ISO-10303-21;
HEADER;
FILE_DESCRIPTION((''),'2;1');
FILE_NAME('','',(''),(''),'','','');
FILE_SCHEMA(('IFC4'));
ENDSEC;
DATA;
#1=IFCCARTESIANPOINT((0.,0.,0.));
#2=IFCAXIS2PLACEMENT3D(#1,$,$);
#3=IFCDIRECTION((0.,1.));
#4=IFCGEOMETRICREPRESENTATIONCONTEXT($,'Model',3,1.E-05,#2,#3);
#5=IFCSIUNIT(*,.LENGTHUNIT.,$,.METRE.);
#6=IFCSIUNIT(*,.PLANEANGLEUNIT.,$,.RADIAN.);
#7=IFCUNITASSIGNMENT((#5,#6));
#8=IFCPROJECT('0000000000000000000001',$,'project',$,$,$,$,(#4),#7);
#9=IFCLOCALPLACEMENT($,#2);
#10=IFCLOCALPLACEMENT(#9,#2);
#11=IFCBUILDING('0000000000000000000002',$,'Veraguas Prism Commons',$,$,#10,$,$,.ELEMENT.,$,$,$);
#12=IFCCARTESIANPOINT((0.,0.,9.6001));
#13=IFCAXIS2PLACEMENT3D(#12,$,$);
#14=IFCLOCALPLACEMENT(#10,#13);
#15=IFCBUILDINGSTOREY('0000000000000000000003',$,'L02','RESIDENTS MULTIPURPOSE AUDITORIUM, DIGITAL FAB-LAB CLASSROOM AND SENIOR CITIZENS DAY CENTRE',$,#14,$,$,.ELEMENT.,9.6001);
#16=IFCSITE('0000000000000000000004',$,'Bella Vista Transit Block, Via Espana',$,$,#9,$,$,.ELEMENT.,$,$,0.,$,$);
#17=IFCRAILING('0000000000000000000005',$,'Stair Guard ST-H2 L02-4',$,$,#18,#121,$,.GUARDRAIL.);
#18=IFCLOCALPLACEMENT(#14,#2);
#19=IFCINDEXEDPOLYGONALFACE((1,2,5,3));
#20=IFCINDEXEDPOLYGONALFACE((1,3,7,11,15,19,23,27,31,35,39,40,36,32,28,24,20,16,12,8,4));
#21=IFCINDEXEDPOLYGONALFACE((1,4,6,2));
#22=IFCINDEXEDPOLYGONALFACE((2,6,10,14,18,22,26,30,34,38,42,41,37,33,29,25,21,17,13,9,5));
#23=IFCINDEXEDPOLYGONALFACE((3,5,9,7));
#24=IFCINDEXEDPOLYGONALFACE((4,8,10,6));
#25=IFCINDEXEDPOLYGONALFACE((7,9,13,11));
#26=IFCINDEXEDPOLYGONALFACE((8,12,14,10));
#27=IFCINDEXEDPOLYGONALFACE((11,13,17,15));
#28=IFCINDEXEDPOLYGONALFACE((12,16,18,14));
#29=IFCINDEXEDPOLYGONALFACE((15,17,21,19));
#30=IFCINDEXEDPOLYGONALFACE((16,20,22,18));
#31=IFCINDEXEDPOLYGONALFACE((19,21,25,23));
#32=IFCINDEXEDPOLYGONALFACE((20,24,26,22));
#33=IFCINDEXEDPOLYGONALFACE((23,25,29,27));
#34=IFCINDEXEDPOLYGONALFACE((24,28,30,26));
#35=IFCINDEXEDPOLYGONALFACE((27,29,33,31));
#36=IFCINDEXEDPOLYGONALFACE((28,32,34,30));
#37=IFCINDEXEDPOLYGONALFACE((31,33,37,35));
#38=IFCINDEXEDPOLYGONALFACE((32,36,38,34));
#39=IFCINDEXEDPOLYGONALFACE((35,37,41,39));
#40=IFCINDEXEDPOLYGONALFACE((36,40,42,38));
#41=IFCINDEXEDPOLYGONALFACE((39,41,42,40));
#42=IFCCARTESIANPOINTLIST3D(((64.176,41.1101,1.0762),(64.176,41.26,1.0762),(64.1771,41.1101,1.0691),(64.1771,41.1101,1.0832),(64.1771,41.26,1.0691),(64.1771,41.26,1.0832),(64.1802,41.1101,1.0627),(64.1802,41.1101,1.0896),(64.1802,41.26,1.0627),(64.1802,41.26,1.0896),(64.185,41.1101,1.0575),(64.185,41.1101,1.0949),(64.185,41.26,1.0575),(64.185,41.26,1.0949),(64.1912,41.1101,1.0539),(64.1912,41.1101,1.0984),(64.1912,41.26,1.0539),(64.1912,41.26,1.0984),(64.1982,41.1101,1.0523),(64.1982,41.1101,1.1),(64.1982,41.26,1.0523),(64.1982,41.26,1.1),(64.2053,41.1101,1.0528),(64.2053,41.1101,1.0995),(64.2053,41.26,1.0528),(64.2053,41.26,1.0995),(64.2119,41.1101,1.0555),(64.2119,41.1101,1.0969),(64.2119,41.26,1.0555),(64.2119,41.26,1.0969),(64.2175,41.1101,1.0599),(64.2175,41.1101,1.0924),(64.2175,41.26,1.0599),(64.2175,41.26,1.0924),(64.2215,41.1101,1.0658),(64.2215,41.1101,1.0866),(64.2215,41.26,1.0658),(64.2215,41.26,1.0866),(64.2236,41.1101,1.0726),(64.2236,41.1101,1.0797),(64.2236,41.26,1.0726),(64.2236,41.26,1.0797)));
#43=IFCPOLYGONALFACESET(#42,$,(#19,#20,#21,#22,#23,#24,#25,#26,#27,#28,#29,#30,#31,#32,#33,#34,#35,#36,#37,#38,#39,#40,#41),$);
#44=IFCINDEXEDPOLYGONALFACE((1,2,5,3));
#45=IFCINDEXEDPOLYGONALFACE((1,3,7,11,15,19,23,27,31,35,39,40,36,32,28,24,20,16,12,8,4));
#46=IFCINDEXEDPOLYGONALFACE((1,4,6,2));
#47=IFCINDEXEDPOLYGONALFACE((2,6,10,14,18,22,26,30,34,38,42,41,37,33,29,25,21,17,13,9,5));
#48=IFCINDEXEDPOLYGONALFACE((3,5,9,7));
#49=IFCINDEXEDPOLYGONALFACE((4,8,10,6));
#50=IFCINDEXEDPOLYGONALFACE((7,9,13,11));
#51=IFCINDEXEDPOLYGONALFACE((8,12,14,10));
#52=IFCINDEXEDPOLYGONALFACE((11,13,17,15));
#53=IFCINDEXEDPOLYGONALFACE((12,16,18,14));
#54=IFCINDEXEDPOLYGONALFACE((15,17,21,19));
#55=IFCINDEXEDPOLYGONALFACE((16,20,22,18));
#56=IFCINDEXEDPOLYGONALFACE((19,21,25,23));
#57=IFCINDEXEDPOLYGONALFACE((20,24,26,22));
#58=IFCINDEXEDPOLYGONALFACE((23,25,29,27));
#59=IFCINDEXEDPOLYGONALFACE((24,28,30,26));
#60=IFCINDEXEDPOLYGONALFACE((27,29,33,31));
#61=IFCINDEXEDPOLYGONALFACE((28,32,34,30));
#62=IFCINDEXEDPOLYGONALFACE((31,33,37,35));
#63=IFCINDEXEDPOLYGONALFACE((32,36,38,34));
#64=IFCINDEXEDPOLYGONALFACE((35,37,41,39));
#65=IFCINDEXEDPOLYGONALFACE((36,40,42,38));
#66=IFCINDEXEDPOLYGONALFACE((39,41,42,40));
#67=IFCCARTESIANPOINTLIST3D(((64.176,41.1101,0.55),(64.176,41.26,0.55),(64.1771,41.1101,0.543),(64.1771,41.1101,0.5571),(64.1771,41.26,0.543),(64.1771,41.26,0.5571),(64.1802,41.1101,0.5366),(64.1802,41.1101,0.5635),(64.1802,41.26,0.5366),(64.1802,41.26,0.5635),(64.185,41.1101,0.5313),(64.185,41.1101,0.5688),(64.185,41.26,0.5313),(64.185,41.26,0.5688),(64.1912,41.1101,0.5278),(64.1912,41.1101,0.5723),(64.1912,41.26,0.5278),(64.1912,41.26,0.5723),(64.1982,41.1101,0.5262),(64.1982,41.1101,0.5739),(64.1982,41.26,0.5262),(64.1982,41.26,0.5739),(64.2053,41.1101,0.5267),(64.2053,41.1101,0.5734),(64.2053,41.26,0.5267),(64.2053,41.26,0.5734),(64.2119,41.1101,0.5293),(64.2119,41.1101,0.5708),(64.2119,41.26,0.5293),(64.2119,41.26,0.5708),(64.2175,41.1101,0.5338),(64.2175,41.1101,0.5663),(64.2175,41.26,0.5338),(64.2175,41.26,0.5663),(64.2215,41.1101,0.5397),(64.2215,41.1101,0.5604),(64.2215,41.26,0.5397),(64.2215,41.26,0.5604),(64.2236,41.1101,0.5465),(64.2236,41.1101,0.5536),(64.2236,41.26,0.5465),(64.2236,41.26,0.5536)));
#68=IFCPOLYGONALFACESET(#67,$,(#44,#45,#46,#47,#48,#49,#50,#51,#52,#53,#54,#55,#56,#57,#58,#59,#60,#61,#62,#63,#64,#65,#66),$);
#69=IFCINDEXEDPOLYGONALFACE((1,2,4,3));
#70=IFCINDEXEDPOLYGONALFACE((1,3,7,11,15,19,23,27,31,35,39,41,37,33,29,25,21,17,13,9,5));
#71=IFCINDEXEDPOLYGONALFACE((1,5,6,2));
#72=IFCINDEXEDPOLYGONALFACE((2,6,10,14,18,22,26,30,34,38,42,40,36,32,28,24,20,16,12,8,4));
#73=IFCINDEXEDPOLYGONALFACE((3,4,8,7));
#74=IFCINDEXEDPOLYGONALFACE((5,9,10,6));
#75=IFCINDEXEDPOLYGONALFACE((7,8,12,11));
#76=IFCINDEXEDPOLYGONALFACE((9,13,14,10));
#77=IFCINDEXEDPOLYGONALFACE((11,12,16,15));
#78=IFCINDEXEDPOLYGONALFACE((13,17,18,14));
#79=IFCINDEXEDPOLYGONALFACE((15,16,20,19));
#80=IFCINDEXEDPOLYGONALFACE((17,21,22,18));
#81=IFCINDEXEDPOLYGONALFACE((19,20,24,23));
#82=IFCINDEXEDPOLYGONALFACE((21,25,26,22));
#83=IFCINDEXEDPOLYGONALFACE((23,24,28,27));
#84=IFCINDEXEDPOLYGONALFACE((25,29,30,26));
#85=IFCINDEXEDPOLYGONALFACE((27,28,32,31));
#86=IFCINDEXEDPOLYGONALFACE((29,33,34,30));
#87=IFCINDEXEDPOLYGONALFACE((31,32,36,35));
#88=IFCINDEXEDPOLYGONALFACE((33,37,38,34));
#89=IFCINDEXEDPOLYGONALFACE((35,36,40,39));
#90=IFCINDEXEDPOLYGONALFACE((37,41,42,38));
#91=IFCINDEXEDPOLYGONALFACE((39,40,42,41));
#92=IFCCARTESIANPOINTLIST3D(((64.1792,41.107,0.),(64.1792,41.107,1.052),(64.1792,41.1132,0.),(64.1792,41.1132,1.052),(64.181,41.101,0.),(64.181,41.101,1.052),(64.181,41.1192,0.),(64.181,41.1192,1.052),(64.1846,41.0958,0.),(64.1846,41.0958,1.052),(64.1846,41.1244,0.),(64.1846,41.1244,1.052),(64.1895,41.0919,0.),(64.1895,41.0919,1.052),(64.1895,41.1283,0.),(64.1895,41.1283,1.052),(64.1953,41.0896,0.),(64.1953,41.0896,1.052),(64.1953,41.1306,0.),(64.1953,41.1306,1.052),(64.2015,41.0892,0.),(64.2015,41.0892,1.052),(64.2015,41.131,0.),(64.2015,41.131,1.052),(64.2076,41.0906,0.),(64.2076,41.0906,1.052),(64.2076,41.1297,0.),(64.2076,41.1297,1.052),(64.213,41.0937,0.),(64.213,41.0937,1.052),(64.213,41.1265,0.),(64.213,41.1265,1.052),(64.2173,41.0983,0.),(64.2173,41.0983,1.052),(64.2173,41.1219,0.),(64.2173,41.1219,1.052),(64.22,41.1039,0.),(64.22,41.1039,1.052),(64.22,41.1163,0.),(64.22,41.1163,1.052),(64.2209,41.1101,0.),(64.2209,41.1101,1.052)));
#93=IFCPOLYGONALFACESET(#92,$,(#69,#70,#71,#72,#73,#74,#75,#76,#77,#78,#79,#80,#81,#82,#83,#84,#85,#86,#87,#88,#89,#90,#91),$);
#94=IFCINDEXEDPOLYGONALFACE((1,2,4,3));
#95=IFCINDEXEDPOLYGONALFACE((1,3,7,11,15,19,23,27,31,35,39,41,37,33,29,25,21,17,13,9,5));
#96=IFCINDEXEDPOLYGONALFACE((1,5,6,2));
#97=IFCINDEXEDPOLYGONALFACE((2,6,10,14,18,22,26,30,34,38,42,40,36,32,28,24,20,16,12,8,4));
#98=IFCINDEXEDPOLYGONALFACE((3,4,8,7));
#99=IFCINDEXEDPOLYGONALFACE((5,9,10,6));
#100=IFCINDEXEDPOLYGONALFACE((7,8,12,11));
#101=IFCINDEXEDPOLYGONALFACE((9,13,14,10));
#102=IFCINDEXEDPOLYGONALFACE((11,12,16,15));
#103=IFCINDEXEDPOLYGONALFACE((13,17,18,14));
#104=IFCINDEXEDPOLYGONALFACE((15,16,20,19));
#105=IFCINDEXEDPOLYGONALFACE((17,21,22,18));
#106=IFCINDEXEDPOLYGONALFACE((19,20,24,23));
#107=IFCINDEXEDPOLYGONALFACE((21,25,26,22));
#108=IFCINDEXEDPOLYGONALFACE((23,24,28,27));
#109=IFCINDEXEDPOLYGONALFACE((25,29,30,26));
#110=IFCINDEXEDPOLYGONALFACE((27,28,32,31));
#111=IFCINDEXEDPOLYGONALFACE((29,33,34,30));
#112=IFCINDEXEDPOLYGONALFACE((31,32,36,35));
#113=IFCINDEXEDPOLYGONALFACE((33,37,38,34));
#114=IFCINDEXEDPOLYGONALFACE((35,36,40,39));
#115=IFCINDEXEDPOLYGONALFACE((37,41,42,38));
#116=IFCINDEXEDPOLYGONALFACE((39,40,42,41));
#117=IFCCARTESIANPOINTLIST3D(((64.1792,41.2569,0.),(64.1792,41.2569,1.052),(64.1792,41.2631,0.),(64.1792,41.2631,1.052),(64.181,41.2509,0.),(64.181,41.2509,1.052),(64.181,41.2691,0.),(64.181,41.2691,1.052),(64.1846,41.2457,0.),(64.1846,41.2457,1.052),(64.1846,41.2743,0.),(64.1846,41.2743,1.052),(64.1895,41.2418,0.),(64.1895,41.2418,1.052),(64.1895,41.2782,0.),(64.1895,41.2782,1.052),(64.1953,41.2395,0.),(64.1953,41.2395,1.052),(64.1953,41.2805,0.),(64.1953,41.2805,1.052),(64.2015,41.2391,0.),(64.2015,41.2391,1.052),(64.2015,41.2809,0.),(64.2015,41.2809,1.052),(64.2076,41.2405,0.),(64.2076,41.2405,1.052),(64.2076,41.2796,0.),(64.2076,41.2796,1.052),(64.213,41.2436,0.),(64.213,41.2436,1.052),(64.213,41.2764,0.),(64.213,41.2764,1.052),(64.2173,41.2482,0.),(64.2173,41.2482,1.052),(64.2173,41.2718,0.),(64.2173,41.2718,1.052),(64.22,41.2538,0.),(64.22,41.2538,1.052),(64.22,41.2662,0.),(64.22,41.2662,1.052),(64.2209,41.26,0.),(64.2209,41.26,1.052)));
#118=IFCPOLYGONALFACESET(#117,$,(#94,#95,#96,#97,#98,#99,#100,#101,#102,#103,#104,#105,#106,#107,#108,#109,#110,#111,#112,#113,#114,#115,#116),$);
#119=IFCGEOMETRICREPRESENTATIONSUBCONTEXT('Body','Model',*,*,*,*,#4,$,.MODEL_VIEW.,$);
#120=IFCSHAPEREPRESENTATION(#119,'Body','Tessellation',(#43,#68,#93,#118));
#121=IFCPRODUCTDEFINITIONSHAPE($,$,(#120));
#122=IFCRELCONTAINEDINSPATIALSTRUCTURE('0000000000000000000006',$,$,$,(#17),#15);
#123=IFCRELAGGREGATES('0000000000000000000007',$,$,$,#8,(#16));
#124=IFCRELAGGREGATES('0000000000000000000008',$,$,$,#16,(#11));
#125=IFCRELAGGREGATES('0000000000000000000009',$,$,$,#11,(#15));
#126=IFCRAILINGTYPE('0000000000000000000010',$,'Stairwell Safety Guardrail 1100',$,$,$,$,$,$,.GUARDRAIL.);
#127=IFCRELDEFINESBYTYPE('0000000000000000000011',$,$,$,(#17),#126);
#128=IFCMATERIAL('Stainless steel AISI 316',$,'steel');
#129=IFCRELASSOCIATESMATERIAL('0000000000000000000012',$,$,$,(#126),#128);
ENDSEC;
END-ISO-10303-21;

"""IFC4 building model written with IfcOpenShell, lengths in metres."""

from ifc_helpers import new_model, si_unit, direction, frame, origin, origin_2d, place, context, subcontext, project, spatial, circle, extrude, material, type_object, element, save


model = new_model("IFC4")

# Units and contexts
model_context = context("Model", 3, precision=1e-05, world=origin(), true_north=direction((0.0, 1.0)))
body_context = subcontext(model_context, "Body", "Model", "MODEL_VIEW")
ifc_project = project(units=[si_unit("LENGTHUNIT", "METRE"), si_unit("PLANEANGLEUNIT", "RADIAN")], contexts=[model_context])

# Site, building, storey
site_placement = place(None, origin())
site = spatial("IfcSite", under=ifc_project, at=site_placement, Name="Bella Vista Transit Block, Via Espana", CompositionType="ELEMENT", RefElevation=0.0)
building_placement = place(site_placement, origin())
building = spatial("IfcBuilding", under=site, at=building_placement, Name="Veraguas Prism Commons", CompositionType="ELEMENT")
storey_placement = place(building_placement, frame((0.0, 0.0, 9.6001)))
storey = spatial("IfcBuildingStorey", under=building, at=storey_placement, Name="L02", Description="RESIDENTS MULTIPURPOSE AUDITORIUM, DIGITAL FAB-LAB CLASSROOM AND SENIOR CITIZENS DAY CENTRE", CompositionType="ELEMENT", Elevation=9.6001)

# Railing
ifc_material_1 = material(Name="Stainless steel AISI 316", Category="steel")
railing_type_1 = type_object("IfcRailingType", Name="Stairwell Safety Guardrail 1100", PredefinedType="GUARDRAIL", material=ifc_material_1)
railing_1_placement = place(storey_placement, frame((64.2, 41.1101, 0.0)))
element("IfcRailing", 1, at=railing_1_placement, inside=storey, type_object=railing_type_1, Name="Stair Guard ST-H2 L02-4", PredefinedType="GUARDRAIL", context=body_context, shape_type="SweptSolid", body=[
    extrude(circle(Radius=0.0239, at=origin_2d()), frame((0.0, 0.0, 1.0762), z_axis=(0.0, 1.0, 0.0), x_axis=(-1.0, 0.0, 0.0)), (0.0, 0.0, 1.0), 0.1499),
    extrude(circle(Radius=0.0239, at=origin_2d()), frame((0.0, 0.0, 0.55), z_axis=(0.0, 1.0, 0.0), x_axis=(-1.0, 0.0, 0.0)), (0.0, 0.0, 1.0), 0.1499),
    extrude(circle(Radius=0.021, at=origin_2d()), origin(), (0.0, 0.0, 1.0), 1.052),
    extrude(circle(Radius=0.021, at=origin_2d()), frame((0.0, 0.1499, 0.0)), (0.0, 0.0, 1.0), 1.052),
])

save(model, "model.ifc")
